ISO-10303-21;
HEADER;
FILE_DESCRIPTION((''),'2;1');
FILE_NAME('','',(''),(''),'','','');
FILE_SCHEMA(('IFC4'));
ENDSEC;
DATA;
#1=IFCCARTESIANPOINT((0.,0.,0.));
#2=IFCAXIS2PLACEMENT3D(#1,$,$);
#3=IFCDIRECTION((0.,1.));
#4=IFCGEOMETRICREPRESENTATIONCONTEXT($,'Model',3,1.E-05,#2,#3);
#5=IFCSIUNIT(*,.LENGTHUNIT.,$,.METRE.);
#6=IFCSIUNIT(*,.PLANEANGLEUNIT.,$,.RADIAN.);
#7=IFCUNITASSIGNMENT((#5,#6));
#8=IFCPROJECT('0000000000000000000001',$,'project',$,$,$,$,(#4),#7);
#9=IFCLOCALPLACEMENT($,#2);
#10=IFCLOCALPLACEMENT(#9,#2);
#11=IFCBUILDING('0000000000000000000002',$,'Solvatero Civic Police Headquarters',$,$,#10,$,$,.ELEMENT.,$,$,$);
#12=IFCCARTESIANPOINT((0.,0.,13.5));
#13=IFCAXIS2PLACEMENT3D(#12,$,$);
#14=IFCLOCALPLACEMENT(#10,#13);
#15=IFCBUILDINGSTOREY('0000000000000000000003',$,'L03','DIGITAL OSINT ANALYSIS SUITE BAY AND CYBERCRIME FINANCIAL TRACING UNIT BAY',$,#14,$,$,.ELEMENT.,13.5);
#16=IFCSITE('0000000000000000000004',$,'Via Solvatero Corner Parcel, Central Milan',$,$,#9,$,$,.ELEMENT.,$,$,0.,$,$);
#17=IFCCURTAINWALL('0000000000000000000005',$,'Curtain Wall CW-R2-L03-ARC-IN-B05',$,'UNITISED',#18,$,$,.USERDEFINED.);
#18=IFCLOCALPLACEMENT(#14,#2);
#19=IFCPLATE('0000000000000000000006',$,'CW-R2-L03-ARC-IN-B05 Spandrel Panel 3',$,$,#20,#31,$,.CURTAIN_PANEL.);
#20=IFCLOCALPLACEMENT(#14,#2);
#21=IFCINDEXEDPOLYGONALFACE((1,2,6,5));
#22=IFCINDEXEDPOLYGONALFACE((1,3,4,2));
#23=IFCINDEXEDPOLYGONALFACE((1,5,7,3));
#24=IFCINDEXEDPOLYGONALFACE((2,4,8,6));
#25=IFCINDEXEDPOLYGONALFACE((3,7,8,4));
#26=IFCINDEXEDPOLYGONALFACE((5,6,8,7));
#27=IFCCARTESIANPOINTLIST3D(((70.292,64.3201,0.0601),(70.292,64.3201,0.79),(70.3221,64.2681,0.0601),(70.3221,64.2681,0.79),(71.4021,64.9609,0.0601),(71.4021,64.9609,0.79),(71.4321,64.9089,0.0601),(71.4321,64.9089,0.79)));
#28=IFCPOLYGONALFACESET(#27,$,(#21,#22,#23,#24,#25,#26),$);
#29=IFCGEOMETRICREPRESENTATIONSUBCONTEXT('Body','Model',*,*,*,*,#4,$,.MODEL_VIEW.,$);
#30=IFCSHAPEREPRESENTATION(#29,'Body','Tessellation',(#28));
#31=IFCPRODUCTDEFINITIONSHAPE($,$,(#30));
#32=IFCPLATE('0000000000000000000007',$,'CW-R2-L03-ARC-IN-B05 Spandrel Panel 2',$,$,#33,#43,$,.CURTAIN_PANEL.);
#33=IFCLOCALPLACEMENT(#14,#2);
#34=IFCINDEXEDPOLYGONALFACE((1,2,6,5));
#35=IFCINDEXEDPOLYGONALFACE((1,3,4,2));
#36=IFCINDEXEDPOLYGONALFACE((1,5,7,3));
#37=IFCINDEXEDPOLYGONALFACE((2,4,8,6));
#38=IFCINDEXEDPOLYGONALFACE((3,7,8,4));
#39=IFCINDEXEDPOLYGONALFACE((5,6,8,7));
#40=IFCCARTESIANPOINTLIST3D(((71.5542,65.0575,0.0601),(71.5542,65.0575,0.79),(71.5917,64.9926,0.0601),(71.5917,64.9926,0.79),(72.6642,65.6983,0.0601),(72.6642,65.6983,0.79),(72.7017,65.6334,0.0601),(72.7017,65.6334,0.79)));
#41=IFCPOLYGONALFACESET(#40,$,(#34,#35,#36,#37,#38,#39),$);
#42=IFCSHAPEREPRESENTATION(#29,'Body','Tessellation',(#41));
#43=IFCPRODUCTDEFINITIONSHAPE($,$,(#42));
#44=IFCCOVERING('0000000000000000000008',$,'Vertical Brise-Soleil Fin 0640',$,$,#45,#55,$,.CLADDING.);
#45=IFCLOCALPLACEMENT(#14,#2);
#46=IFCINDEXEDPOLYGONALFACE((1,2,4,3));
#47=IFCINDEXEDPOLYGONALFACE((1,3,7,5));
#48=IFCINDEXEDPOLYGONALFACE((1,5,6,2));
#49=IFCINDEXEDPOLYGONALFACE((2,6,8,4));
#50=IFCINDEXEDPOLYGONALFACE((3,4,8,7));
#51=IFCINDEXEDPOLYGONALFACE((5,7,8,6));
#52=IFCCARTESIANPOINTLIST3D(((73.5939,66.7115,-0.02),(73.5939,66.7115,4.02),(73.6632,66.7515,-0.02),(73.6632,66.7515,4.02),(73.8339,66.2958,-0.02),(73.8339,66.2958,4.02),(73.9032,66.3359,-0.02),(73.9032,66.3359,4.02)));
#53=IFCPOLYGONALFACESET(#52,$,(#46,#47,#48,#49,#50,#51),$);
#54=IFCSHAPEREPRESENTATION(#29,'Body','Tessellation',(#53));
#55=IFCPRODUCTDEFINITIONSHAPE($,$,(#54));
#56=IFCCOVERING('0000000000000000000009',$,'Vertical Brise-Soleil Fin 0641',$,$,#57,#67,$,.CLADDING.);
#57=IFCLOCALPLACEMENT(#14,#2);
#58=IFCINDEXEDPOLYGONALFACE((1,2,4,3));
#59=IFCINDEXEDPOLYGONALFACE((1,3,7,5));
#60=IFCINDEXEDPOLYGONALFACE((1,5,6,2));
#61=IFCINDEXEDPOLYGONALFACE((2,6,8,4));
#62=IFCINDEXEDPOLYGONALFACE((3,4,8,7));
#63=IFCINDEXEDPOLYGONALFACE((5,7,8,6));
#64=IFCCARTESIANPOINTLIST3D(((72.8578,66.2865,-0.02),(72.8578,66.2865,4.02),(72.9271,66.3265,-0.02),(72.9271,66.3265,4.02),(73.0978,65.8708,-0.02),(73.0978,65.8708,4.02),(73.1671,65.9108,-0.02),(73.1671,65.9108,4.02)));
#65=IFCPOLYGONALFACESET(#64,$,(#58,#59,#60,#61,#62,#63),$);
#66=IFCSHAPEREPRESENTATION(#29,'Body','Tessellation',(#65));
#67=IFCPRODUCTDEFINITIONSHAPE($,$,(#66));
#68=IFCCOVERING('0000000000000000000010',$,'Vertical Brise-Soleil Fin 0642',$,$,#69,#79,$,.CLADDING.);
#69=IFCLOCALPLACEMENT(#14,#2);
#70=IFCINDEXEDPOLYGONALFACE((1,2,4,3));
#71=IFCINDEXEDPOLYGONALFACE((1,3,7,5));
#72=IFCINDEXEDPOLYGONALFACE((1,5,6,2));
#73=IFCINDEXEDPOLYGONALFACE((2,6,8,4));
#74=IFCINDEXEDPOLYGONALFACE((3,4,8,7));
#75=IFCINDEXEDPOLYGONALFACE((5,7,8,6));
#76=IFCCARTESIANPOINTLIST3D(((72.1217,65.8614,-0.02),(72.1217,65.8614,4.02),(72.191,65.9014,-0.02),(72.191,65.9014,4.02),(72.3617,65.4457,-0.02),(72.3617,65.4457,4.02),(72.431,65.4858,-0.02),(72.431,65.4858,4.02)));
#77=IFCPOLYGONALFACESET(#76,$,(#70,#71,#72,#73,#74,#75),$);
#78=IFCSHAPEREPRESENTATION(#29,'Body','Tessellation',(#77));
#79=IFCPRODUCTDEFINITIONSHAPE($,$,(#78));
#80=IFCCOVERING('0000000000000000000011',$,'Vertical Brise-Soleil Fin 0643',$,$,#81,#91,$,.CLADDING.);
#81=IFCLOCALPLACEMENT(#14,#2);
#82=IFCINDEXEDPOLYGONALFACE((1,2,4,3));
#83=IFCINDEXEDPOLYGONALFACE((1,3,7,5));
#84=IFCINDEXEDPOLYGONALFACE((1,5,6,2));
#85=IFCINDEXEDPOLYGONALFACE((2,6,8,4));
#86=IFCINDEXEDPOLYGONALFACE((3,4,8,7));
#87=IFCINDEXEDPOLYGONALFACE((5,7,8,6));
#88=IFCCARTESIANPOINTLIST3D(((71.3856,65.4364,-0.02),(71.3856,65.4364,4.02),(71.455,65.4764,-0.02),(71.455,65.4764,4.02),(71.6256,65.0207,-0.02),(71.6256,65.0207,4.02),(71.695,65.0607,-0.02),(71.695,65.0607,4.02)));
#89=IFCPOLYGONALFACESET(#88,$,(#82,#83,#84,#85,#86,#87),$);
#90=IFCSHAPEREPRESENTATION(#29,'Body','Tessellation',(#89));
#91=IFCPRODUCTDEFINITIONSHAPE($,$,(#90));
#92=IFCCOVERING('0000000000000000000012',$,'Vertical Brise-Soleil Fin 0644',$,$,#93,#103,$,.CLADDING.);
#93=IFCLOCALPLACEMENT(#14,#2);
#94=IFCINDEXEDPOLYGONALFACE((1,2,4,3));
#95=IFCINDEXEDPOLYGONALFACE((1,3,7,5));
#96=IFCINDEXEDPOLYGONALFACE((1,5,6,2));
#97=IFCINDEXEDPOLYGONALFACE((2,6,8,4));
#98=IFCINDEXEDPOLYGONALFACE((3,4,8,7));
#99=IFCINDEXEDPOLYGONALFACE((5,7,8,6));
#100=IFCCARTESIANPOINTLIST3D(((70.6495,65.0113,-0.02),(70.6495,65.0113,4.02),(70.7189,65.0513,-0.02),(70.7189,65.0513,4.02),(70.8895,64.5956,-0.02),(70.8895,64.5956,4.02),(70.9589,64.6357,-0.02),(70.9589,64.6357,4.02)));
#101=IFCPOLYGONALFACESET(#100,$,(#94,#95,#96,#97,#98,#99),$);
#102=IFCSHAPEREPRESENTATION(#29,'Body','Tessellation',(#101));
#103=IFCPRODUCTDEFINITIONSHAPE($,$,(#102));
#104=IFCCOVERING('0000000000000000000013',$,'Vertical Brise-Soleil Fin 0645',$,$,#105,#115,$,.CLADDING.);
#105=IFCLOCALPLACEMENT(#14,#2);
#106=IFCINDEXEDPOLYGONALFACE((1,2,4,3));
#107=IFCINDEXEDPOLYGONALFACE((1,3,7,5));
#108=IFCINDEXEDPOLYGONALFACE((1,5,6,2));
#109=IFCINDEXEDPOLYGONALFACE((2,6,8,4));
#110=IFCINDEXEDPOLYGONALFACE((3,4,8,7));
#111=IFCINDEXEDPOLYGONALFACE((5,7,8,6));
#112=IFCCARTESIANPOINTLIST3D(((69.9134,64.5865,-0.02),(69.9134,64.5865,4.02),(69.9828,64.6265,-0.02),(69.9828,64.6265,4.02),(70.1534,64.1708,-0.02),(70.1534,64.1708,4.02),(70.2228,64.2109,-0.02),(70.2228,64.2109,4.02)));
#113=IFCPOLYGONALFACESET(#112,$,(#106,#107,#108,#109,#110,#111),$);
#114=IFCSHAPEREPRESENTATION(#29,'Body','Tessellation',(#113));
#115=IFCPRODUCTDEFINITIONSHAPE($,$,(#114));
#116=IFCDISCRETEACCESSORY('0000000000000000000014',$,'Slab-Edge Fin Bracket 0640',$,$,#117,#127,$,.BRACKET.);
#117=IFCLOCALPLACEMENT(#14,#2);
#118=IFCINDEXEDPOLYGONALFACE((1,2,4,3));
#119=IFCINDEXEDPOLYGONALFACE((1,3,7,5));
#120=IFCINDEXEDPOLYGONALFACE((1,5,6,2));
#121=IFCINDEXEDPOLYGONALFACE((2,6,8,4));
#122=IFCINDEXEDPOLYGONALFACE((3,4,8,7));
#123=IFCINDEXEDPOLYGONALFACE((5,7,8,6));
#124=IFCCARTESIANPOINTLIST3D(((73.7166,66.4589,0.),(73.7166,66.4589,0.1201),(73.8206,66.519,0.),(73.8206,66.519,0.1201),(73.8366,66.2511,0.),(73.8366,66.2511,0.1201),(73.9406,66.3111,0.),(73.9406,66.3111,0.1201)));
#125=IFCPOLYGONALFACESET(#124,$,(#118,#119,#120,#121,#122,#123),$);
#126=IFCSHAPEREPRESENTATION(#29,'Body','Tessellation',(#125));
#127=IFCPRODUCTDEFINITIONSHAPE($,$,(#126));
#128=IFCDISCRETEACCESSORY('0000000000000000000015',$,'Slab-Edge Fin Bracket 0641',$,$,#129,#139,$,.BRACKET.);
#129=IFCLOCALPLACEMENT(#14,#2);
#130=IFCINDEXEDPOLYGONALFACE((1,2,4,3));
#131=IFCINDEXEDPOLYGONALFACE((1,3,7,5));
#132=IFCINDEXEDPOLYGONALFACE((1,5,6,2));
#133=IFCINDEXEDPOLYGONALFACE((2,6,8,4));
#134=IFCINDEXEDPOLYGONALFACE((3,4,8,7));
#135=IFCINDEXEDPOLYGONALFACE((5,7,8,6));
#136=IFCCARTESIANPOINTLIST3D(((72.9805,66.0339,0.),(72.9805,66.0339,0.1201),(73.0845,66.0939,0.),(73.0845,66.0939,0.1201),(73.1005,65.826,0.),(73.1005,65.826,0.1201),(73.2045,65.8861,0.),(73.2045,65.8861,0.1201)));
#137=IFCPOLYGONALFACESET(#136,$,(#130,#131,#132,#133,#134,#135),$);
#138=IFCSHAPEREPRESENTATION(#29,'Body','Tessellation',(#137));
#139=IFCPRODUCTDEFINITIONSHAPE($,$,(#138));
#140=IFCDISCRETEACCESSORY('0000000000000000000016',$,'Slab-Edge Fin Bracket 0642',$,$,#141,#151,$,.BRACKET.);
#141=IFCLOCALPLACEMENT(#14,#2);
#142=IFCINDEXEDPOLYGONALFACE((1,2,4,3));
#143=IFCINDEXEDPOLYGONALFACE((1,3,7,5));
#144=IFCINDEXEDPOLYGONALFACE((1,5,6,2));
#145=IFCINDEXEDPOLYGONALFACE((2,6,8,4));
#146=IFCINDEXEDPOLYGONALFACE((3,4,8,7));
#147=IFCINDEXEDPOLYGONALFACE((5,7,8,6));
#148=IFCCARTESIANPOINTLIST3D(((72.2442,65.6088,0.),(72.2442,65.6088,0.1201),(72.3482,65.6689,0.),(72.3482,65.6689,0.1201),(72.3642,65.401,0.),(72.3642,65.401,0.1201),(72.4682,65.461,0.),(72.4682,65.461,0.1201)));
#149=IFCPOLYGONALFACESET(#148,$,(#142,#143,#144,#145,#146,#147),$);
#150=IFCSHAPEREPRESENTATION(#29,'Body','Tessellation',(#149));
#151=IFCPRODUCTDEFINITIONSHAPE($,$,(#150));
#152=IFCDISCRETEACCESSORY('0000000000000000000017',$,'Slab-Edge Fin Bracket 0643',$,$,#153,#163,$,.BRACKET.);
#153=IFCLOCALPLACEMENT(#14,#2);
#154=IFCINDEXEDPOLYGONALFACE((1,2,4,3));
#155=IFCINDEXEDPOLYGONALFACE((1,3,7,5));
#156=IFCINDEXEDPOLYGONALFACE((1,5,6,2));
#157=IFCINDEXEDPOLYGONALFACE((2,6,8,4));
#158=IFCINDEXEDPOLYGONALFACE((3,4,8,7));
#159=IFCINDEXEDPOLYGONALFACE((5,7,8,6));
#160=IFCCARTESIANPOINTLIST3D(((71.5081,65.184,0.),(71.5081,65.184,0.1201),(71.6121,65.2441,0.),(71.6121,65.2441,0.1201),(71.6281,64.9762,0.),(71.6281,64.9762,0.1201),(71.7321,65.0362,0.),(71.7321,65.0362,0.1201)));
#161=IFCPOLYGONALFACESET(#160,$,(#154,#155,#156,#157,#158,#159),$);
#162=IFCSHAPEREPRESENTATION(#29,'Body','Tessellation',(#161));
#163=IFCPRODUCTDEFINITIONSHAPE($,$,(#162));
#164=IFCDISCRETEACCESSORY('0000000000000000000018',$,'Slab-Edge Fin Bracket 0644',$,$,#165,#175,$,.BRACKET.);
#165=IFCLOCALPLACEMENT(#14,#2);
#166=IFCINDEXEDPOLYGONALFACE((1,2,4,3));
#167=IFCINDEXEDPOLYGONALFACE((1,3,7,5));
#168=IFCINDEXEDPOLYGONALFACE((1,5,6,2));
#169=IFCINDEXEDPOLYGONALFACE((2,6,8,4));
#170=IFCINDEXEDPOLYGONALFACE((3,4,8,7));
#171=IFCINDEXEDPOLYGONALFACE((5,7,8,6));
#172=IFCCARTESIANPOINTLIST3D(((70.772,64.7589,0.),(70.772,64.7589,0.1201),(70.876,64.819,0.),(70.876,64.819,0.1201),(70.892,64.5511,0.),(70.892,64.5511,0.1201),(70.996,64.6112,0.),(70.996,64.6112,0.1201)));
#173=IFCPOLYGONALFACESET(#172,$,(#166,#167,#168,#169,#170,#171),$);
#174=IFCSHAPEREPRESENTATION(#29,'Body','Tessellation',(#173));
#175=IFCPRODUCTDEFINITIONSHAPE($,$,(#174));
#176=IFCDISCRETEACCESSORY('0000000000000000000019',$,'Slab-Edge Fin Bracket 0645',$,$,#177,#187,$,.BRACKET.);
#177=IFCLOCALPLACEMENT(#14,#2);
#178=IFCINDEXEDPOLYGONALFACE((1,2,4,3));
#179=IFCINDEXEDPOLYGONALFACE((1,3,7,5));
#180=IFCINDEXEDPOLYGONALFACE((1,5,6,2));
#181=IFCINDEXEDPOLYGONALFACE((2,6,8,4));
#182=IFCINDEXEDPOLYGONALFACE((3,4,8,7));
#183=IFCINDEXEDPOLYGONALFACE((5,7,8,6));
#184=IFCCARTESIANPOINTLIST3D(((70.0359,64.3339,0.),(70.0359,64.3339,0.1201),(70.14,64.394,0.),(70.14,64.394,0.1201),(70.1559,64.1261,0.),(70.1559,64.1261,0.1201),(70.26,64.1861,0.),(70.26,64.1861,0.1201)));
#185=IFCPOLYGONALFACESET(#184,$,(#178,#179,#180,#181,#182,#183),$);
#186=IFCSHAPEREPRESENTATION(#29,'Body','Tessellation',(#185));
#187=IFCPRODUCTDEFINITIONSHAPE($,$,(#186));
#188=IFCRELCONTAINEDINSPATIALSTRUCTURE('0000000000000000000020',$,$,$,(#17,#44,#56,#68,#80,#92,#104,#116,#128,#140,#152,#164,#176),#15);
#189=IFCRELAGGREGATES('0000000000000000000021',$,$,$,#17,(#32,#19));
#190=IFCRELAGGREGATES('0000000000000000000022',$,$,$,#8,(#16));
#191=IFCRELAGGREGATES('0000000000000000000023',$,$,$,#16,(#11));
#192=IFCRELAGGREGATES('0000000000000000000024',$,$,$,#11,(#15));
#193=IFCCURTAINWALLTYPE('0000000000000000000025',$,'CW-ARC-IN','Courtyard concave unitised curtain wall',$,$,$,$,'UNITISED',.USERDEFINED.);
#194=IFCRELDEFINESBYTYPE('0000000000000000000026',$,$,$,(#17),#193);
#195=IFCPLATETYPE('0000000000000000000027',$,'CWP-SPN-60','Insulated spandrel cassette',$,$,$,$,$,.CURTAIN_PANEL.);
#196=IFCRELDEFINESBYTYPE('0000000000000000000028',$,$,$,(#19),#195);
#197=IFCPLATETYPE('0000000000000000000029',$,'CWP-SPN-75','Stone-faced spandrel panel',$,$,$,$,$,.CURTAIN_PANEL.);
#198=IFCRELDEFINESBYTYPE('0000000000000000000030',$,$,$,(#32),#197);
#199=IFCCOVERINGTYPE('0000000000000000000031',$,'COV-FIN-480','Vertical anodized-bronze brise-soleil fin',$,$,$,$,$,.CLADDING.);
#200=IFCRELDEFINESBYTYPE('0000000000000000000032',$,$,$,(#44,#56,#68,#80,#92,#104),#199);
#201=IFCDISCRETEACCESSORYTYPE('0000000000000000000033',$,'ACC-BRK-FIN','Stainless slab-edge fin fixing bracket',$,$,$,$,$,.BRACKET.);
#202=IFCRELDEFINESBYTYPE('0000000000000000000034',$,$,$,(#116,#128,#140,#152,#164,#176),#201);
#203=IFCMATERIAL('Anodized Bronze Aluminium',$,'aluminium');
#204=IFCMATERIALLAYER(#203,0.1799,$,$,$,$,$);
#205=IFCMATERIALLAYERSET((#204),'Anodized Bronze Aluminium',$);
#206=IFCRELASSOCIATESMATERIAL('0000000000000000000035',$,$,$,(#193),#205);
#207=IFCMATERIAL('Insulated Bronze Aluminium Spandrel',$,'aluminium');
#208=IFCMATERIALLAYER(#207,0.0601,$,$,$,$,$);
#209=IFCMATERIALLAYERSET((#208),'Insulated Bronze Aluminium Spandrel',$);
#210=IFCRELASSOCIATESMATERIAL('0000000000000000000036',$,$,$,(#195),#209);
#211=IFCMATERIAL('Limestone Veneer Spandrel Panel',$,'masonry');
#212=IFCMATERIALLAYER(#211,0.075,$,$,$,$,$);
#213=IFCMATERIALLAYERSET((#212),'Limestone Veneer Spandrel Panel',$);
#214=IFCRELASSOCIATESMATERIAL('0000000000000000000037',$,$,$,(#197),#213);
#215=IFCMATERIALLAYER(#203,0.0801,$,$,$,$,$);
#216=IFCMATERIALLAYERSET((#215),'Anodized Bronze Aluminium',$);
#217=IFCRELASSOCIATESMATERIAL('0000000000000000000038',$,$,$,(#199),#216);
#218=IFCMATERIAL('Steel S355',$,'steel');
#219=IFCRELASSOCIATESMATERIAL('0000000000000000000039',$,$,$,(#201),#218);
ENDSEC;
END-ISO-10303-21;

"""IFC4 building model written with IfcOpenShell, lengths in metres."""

from ifc_helpers import new_model, si_unit, direction, frame, origin, origin_2d, place, context, subcontext, project, spatial, rectangle, extrude, material, layer, layer_set, type_object, element, aggregate, save


model = new_model("IFC4")

# Units and contexts
model_context = context("Model", 3, precision=1e-05, world=origin(), true_north=direction((0.0, 1.0)))
body_context = subcontext(model_context, "Body", "Model", "MODEL_VIEW")
ifc_project = project(units=[si_unit("LENGTHUNIT", "METRE"), si_unit("PLANEANGLEUNIT", "RADIAN")], contexts=[model_context])

# Site, building, storey
site_placement = place(None, origin())
site = spatial("IfcSite", under=ifc_project, at=site_placement, Name="Via Solvatero Corner Parcel, Central Milan", CompositionType="ELEMENT", RefElevation=0.0)
building_placement = place(site_placement, origin())
building = spatial("IfcBuilding", under=site, at=building_placement, Name="Solvatero Civic Police Headquarters", CompositionType="ELEMENT")
storey_placement = place(building_placement, frame((0.0, 0.0, 13.5)))
storey = spatial("IfcBuildingStorey", under=building, at=storey_placement, Name="L03", Description="DIGITAL OSINT ANALYSIS SUITE BAY AND CYBERCRIME FINANCIAL TRACING UNIT BAY", CompositionType="ELEMENT", Elevation=13.5)

# Shared definitions
ifc_material_1 = material(Name="Steel S355", Category="steel")

# Curtain wall, plates
ifc_material_2 = material(Name="Anodized Bronze Aluminium", Category="aluminium")
ifc_layer_1 = layer(ifc_material_2, 0.1799)
ifc_layer_set_1 = layer_set([ifc_layer_1], Name="Anodized Bronze Aluminium")
curtain_wall_type = type_object("IfcCurtainWallType", Name="CW-ARC-IN", Description="Courtyard concave unitised curtain wall", ElementType="UNITISED", PredefinedType="USERDEFINED", material=ifc_layer_set_1)
curtain_wall_placement = place(storey_placement, origin())
curtain_wall = element("IfcCurtainWall", 1, at=curtain_wall_placement, inside=storey, type_object=curtain_wall_type, Name="Curtain Wall CW-R2-L03-ARC-IN-B05", ObjectType="UNITISED", PredefinedType="USERDEFINED")
ifc_material_3 = material(Name="Insulated Bronze Aluminium Spandrel", Category="aluminium")
ifc_layer_2 = layer(ifc_material_3, 0.0601)
ifc_layer_set_2 = layer_set([ifc_layer_2], Name="Insulated Bronze Aluminium Spandrel")
plate_type_1 = type_object("IfcPlateType", Name="CWP-SPN-60", Description="Insulated spandrel cassette", PredefinedType="CURTAIN_PANEL", material=ifc_layer_set_2)
plate_1_placement = place(storey_placement, frame((70.8621, 64.6145, 0.0601), z_axis=(0.0, 0.0, 1.0), x_axis=(-0.866025, -0.5, 0.0)))
plate_1 = element("IfcPlate", 2, at=plate_1_placement, type_object=plate_type_1, Name="CW-R2-L03-ARC-IN-B05 Spandrel Panel 3", PredefinedType="CURTAIN_PANEL", context=body_context, shape_type="SweptSolid", body=[
    extrude(rectangle(XDim=1.2817, YDim=0.0601, at=origin_2d()), origin(), (0.0, 0.0, 1.0), 0.73),
])
ifc_material_4 = material(Name="Limestone Veneer Spandrel Panel", Category="masonry")
ifc_layer_3 = layer(ifc_material_4, 0.075)
ifc_layer_set_3 = layer_set([ifc_layer_3], Name="Limestone Veneer Spandrel Panel")
plate_type_2 = type_object("IfcPlateType", Name="CWP-SPN-75", Description="Stone-faced spandrel panel", PredefinedType="CURTAIN_PANEL", material=ifc_layer_set_3)
plate_2_placement = place(storey_placement, frame((72.1279, 65.3455, 0.0601), z_axis=(0.0, 0.0, 1.0), x_axis=(-0.866025, -0.5, 0.0)))
plate_2 = element("IfcPlate", 3, at=plate_2_placement, type_object=plate_type_2, Name="CW-R2-L03-ARC-IN-B05 Spandrel Panel 2", PredefinedType="CURTAIN_PANEL", context=body_context, shape_type="SweptSolid", body=[
    extrude(rectangle(XDim=1.2817, YDim=0.075, at=origin_2d()), origin(), (0.0, 0.0, 1.0), 0.73),
])
aggregate(curtain_wall, [plate_2, plate_1])

# Coverings
ifc_layer_4 = layer(ifc_material_2, 0.0801)
ifc_layer_set_4 = layer_set([ifc_layer_4], Name="Anodized Bronze Aluminium")
covering_type = type_object("IfcCoveringType", Name="COV-FIN-480", Description="Vertical anodized-bronze brise-soleil fin", PredefinedType="CLADDING", material=ifc_layer_set_4)
for number, where, z_axis, x_axis, name in (
    (4, (73.7485, 66.5237, -0.02), (0.0, 0.0, 1.0), (-0.866025, -0.5, 0.0), "Vertical Brise-Soleil Fin 0640"),
    (5, (73.0125, 66.0986, -0.02), (0.0, 0.0, 1.0), (-0.866025, -0.5, 0.0), "Vertical Brise-Soleil Fin 0641"),
    (6, (72.2764, 65.6736, -0.02), (0.0, 0.0, 1.0), (-0.866025, -0.5, 0.0), "Vertical Brise-Soleil Fin 0642"),
    (7, (71.5403, 65.2485, -0.02), (0.0, 0.0, 1.0), (-0.866025, -0.5, 0.0), "Vertical Brise-Soleil Fin 0643"),
    (8, (70.8042, 64.8235, -0.02), (0.0, 0.0, 1.0), (-0.866025, -0.5, 0.0), "Vertical Brise-Soleil Fin 0644"),
    (9, (70.0681, 64.3987, -0.02), (0.0, 0.0, 1.0), (-0.866025, -0.5, 0.0), "Vertical Brise-Soleil Fin 0645"),
):
    element("IfcCovering", number, at=place(storey_placement, frame(where, z_axis=z_axis, x_axis=x_axis)), inside=storey, type_object=covering_type, Name=name, PredefinedType="CLADDING", context=body_context, shape_type="SweptSolid", body=[
        extrude(rectangle(XDim=0.0801, YDim=0.48, at=origin_2d()), origin(), (0.0, 0.0, 1.0), 4.04),
    ])

# Discrete accessories
discrete_accessory_type = type_object("IfcDiscreteAccessoryType", Name="ACC-BRK-FIN", Description="Stainless slab-edge fin fixing bracket", PredefinedType="BRACKET", material=ifc_material_1)
for number, where, z_axis, x_axis, name in (
    (10, (73.8286, 66.385, 0.0), (0.0, 0.0, 1.0), (-0.866025, -0.5, 0.0), "Slab-Edge Fin Bracket 0640"),
    (11, (73.0925, 65.96, 0.0), (0.0, 0.0, 1.0), (-0.866025, -0.5, 0.0), "Slab-Edge Fin Bracket 0641"),
    (12, (72.3562, 65.5349, 0.0), (0.0, 0.0, 1.0), (-0.866025, -0.5, 0.0), "Slab-Edge Fin Bracket 0642"),
    (13, (71.6201, 65.1101, 0.0), (0.0, 0.0, 1.0), (-0.866025, -0.5, 0.0), "Slab-Edge Fin Bracket 0643"),
    (14, (70.884, 64.6851, 0.0), (0.0, 0.0, 1.0), (-0.866025, -0.5, 0.0), "Slab-Edge Fin Bracket 0644"),
    (15, (70.1479, 64.26, 0.0), (0.0, 0.0, 1.0), (-0.866025, -0.5, 0.0), "Slab-Edge Fin Bracket 0645"),
):
    element("IfcDiscreteAccessory", number, at=place(storey_placement, frame(where, z_axis=z_axis, x_axis=x_axis)), inside=storey, type_object=discrete_accessory_type, Name=name, PredefinedType="BRACKET", context=body_context, shape_type="SweptSolid", body=[
        extrude(rectangle(XDim=0.1201, YDim=0.24, at=origin_2d()), origin(), (0.0, 0.0, 1.0), 0.1201),
    ])

save(model, "model.ifc")
